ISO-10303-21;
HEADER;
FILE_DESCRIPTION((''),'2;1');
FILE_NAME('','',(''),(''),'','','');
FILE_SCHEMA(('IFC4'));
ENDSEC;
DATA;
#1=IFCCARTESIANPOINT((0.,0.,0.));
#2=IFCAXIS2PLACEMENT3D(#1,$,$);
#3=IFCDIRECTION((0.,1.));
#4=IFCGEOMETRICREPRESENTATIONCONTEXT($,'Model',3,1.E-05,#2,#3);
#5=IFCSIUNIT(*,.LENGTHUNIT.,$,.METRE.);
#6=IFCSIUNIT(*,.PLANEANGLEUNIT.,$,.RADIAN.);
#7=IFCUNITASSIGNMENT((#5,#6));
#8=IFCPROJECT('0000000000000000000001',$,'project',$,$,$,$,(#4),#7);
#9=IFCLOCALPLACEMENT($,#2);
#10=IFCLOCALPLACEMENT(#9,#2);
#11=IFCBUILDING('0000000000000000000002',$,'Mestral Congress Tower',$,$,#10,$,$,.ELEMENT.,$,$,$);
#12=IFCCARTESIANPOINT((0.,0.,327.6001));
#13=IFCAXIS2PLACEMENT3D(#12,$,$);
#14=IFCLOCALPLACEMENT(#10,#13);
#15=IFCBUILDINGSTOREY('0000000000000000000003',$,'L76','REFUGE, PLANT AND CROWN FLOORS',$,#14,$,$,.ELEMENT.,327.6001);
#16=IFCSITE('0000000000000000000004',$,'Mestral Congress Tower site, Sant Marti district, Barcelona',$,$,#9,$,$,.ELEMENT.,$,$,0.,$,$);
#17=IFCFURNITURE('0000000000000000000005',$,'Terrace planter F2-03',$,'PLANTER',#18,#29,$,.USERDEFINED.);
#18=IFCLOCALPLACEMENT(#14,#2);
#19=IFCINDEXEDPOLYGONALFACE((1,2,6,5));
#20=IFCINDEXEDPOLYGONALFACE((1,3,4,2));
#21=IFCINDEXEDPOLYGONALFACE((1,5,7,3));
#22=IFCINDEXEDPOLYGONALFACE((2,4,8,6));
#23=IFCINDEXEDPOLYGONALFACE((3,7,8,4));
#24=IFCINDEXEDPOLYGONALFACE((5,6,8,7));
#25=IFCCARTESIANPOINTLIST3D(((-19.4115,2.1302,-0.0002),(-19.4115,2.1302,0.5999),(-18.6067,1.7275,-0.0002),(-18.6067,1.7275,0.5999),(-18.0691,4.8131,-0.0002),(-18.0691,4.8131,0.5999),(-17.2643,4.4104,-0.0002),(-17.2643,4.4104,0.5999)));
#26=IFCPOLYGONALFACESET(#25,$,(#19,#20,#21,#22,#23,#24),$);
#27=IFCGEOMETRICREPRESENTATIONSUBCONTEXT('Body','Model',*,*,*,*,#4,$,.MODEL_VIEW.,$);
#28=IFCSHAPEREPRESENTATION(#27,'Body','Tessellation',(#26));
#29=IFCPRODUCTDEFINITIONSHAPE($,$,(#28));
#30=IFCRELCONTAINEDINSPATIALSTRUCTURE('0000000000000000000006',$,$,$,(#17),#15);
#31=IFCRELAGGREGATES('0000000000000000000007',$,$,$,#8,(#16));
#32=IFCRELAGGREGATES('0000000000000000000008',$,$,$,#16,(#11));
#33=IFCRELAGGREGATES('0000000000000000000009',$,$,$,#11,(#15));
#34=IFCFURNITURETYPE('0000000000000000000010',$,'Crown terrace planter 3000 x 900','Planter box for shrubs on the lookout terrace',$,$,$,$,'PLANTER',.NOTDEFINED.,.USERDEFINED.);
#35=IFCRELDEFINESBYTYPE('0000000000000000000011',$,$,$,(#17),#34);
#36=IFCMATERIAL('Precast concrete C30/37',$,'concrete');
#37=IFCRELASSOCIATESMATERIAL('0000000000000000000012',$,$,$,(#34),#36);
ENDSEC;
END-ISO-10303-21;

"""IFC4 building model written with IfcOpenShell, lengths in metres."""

from ifc_helpers import new_model, si_unit, direction, frame, origin, origin_2d, place, context, subcontext, project, spatial, rectangle, extrude, material, type_object, element, save


model = new_model("IFC4")

# Units and contexts
model_context = context("Model", 3, precision=1e-05, world=origin(), true_north=direction((0.0, 1.0)))
body_context = subcontext(model_context, "Body", "Model", "MODEL_VIEW")
ifc_project = project(units=[si_unit("LENGTHUNIT", "METRE"), si_unit("PLANEANGLEUNIT", "RADIAN")], contexts=[model_context])

# Site, building, storey
site_placement = place(None, origin())
site = spatial("IfcSite", under=ifc_project, at=site_placement, Name="Mestral Congress Tower site, Sant Marti district, Barcelona", CompositionType="ELEMENT", RefElevation=0.0)
building_placement = place(site_placement, origin())
building = spatial("IfcBuilding", under=site, at=building_placement, Name="Mestral Congress Tower", CompositionType="ELEMENT")
storey_placement = place(building_placement, frame((0.0, 0.0, 327.6001)))
storey = spatial("IfcBuildingStorey", under=building, at=storey_placement, Name="L76", Description="REFUGE, PLANT AND CROWN FLOORS", CompositionType="ELEMENT", Elevation=327.6001)

# Furniture
ifc_material_1 = material(Name="Precast concrete C30/37", Category="concrete")
furniture_type = type_object("IfcFurnitureType", Name="Crown terrace planter 3000 x 900", Description="Planter box for shrubs on the lookout terrace", ElementType="PLANTER", AssemblyPlace="NOTDEFINED", PredefinedType="USERDEFINED", material=ifc_material_1)
for number, where, z_axis, x_axis, name in (
    (1, (-18.3379, 3.2703, -0.0002), (0.0, 0.0, 1.0), (-0.447469, -0.8943, 0.0), "Terrace planter F2-03"),
):
    element("IfcFurniture", number, at=place(storey_placement, frame(where, z_axis=z_axis, x_axis=x_axis)), inside=storey, type_object=furniture_type, Name=name, ObjectType="PLANTER", PredefinedType="USERDEFINED", context=body_context, shape_type="SweptSolid", body=[
        extrude(rectangle(XDim=3.0, YDim=0.8999, at=origin_2d()), origin(), (0.0, 0.0, 1.0), 0.6001),
    ])

save(model, "model.ifc")
